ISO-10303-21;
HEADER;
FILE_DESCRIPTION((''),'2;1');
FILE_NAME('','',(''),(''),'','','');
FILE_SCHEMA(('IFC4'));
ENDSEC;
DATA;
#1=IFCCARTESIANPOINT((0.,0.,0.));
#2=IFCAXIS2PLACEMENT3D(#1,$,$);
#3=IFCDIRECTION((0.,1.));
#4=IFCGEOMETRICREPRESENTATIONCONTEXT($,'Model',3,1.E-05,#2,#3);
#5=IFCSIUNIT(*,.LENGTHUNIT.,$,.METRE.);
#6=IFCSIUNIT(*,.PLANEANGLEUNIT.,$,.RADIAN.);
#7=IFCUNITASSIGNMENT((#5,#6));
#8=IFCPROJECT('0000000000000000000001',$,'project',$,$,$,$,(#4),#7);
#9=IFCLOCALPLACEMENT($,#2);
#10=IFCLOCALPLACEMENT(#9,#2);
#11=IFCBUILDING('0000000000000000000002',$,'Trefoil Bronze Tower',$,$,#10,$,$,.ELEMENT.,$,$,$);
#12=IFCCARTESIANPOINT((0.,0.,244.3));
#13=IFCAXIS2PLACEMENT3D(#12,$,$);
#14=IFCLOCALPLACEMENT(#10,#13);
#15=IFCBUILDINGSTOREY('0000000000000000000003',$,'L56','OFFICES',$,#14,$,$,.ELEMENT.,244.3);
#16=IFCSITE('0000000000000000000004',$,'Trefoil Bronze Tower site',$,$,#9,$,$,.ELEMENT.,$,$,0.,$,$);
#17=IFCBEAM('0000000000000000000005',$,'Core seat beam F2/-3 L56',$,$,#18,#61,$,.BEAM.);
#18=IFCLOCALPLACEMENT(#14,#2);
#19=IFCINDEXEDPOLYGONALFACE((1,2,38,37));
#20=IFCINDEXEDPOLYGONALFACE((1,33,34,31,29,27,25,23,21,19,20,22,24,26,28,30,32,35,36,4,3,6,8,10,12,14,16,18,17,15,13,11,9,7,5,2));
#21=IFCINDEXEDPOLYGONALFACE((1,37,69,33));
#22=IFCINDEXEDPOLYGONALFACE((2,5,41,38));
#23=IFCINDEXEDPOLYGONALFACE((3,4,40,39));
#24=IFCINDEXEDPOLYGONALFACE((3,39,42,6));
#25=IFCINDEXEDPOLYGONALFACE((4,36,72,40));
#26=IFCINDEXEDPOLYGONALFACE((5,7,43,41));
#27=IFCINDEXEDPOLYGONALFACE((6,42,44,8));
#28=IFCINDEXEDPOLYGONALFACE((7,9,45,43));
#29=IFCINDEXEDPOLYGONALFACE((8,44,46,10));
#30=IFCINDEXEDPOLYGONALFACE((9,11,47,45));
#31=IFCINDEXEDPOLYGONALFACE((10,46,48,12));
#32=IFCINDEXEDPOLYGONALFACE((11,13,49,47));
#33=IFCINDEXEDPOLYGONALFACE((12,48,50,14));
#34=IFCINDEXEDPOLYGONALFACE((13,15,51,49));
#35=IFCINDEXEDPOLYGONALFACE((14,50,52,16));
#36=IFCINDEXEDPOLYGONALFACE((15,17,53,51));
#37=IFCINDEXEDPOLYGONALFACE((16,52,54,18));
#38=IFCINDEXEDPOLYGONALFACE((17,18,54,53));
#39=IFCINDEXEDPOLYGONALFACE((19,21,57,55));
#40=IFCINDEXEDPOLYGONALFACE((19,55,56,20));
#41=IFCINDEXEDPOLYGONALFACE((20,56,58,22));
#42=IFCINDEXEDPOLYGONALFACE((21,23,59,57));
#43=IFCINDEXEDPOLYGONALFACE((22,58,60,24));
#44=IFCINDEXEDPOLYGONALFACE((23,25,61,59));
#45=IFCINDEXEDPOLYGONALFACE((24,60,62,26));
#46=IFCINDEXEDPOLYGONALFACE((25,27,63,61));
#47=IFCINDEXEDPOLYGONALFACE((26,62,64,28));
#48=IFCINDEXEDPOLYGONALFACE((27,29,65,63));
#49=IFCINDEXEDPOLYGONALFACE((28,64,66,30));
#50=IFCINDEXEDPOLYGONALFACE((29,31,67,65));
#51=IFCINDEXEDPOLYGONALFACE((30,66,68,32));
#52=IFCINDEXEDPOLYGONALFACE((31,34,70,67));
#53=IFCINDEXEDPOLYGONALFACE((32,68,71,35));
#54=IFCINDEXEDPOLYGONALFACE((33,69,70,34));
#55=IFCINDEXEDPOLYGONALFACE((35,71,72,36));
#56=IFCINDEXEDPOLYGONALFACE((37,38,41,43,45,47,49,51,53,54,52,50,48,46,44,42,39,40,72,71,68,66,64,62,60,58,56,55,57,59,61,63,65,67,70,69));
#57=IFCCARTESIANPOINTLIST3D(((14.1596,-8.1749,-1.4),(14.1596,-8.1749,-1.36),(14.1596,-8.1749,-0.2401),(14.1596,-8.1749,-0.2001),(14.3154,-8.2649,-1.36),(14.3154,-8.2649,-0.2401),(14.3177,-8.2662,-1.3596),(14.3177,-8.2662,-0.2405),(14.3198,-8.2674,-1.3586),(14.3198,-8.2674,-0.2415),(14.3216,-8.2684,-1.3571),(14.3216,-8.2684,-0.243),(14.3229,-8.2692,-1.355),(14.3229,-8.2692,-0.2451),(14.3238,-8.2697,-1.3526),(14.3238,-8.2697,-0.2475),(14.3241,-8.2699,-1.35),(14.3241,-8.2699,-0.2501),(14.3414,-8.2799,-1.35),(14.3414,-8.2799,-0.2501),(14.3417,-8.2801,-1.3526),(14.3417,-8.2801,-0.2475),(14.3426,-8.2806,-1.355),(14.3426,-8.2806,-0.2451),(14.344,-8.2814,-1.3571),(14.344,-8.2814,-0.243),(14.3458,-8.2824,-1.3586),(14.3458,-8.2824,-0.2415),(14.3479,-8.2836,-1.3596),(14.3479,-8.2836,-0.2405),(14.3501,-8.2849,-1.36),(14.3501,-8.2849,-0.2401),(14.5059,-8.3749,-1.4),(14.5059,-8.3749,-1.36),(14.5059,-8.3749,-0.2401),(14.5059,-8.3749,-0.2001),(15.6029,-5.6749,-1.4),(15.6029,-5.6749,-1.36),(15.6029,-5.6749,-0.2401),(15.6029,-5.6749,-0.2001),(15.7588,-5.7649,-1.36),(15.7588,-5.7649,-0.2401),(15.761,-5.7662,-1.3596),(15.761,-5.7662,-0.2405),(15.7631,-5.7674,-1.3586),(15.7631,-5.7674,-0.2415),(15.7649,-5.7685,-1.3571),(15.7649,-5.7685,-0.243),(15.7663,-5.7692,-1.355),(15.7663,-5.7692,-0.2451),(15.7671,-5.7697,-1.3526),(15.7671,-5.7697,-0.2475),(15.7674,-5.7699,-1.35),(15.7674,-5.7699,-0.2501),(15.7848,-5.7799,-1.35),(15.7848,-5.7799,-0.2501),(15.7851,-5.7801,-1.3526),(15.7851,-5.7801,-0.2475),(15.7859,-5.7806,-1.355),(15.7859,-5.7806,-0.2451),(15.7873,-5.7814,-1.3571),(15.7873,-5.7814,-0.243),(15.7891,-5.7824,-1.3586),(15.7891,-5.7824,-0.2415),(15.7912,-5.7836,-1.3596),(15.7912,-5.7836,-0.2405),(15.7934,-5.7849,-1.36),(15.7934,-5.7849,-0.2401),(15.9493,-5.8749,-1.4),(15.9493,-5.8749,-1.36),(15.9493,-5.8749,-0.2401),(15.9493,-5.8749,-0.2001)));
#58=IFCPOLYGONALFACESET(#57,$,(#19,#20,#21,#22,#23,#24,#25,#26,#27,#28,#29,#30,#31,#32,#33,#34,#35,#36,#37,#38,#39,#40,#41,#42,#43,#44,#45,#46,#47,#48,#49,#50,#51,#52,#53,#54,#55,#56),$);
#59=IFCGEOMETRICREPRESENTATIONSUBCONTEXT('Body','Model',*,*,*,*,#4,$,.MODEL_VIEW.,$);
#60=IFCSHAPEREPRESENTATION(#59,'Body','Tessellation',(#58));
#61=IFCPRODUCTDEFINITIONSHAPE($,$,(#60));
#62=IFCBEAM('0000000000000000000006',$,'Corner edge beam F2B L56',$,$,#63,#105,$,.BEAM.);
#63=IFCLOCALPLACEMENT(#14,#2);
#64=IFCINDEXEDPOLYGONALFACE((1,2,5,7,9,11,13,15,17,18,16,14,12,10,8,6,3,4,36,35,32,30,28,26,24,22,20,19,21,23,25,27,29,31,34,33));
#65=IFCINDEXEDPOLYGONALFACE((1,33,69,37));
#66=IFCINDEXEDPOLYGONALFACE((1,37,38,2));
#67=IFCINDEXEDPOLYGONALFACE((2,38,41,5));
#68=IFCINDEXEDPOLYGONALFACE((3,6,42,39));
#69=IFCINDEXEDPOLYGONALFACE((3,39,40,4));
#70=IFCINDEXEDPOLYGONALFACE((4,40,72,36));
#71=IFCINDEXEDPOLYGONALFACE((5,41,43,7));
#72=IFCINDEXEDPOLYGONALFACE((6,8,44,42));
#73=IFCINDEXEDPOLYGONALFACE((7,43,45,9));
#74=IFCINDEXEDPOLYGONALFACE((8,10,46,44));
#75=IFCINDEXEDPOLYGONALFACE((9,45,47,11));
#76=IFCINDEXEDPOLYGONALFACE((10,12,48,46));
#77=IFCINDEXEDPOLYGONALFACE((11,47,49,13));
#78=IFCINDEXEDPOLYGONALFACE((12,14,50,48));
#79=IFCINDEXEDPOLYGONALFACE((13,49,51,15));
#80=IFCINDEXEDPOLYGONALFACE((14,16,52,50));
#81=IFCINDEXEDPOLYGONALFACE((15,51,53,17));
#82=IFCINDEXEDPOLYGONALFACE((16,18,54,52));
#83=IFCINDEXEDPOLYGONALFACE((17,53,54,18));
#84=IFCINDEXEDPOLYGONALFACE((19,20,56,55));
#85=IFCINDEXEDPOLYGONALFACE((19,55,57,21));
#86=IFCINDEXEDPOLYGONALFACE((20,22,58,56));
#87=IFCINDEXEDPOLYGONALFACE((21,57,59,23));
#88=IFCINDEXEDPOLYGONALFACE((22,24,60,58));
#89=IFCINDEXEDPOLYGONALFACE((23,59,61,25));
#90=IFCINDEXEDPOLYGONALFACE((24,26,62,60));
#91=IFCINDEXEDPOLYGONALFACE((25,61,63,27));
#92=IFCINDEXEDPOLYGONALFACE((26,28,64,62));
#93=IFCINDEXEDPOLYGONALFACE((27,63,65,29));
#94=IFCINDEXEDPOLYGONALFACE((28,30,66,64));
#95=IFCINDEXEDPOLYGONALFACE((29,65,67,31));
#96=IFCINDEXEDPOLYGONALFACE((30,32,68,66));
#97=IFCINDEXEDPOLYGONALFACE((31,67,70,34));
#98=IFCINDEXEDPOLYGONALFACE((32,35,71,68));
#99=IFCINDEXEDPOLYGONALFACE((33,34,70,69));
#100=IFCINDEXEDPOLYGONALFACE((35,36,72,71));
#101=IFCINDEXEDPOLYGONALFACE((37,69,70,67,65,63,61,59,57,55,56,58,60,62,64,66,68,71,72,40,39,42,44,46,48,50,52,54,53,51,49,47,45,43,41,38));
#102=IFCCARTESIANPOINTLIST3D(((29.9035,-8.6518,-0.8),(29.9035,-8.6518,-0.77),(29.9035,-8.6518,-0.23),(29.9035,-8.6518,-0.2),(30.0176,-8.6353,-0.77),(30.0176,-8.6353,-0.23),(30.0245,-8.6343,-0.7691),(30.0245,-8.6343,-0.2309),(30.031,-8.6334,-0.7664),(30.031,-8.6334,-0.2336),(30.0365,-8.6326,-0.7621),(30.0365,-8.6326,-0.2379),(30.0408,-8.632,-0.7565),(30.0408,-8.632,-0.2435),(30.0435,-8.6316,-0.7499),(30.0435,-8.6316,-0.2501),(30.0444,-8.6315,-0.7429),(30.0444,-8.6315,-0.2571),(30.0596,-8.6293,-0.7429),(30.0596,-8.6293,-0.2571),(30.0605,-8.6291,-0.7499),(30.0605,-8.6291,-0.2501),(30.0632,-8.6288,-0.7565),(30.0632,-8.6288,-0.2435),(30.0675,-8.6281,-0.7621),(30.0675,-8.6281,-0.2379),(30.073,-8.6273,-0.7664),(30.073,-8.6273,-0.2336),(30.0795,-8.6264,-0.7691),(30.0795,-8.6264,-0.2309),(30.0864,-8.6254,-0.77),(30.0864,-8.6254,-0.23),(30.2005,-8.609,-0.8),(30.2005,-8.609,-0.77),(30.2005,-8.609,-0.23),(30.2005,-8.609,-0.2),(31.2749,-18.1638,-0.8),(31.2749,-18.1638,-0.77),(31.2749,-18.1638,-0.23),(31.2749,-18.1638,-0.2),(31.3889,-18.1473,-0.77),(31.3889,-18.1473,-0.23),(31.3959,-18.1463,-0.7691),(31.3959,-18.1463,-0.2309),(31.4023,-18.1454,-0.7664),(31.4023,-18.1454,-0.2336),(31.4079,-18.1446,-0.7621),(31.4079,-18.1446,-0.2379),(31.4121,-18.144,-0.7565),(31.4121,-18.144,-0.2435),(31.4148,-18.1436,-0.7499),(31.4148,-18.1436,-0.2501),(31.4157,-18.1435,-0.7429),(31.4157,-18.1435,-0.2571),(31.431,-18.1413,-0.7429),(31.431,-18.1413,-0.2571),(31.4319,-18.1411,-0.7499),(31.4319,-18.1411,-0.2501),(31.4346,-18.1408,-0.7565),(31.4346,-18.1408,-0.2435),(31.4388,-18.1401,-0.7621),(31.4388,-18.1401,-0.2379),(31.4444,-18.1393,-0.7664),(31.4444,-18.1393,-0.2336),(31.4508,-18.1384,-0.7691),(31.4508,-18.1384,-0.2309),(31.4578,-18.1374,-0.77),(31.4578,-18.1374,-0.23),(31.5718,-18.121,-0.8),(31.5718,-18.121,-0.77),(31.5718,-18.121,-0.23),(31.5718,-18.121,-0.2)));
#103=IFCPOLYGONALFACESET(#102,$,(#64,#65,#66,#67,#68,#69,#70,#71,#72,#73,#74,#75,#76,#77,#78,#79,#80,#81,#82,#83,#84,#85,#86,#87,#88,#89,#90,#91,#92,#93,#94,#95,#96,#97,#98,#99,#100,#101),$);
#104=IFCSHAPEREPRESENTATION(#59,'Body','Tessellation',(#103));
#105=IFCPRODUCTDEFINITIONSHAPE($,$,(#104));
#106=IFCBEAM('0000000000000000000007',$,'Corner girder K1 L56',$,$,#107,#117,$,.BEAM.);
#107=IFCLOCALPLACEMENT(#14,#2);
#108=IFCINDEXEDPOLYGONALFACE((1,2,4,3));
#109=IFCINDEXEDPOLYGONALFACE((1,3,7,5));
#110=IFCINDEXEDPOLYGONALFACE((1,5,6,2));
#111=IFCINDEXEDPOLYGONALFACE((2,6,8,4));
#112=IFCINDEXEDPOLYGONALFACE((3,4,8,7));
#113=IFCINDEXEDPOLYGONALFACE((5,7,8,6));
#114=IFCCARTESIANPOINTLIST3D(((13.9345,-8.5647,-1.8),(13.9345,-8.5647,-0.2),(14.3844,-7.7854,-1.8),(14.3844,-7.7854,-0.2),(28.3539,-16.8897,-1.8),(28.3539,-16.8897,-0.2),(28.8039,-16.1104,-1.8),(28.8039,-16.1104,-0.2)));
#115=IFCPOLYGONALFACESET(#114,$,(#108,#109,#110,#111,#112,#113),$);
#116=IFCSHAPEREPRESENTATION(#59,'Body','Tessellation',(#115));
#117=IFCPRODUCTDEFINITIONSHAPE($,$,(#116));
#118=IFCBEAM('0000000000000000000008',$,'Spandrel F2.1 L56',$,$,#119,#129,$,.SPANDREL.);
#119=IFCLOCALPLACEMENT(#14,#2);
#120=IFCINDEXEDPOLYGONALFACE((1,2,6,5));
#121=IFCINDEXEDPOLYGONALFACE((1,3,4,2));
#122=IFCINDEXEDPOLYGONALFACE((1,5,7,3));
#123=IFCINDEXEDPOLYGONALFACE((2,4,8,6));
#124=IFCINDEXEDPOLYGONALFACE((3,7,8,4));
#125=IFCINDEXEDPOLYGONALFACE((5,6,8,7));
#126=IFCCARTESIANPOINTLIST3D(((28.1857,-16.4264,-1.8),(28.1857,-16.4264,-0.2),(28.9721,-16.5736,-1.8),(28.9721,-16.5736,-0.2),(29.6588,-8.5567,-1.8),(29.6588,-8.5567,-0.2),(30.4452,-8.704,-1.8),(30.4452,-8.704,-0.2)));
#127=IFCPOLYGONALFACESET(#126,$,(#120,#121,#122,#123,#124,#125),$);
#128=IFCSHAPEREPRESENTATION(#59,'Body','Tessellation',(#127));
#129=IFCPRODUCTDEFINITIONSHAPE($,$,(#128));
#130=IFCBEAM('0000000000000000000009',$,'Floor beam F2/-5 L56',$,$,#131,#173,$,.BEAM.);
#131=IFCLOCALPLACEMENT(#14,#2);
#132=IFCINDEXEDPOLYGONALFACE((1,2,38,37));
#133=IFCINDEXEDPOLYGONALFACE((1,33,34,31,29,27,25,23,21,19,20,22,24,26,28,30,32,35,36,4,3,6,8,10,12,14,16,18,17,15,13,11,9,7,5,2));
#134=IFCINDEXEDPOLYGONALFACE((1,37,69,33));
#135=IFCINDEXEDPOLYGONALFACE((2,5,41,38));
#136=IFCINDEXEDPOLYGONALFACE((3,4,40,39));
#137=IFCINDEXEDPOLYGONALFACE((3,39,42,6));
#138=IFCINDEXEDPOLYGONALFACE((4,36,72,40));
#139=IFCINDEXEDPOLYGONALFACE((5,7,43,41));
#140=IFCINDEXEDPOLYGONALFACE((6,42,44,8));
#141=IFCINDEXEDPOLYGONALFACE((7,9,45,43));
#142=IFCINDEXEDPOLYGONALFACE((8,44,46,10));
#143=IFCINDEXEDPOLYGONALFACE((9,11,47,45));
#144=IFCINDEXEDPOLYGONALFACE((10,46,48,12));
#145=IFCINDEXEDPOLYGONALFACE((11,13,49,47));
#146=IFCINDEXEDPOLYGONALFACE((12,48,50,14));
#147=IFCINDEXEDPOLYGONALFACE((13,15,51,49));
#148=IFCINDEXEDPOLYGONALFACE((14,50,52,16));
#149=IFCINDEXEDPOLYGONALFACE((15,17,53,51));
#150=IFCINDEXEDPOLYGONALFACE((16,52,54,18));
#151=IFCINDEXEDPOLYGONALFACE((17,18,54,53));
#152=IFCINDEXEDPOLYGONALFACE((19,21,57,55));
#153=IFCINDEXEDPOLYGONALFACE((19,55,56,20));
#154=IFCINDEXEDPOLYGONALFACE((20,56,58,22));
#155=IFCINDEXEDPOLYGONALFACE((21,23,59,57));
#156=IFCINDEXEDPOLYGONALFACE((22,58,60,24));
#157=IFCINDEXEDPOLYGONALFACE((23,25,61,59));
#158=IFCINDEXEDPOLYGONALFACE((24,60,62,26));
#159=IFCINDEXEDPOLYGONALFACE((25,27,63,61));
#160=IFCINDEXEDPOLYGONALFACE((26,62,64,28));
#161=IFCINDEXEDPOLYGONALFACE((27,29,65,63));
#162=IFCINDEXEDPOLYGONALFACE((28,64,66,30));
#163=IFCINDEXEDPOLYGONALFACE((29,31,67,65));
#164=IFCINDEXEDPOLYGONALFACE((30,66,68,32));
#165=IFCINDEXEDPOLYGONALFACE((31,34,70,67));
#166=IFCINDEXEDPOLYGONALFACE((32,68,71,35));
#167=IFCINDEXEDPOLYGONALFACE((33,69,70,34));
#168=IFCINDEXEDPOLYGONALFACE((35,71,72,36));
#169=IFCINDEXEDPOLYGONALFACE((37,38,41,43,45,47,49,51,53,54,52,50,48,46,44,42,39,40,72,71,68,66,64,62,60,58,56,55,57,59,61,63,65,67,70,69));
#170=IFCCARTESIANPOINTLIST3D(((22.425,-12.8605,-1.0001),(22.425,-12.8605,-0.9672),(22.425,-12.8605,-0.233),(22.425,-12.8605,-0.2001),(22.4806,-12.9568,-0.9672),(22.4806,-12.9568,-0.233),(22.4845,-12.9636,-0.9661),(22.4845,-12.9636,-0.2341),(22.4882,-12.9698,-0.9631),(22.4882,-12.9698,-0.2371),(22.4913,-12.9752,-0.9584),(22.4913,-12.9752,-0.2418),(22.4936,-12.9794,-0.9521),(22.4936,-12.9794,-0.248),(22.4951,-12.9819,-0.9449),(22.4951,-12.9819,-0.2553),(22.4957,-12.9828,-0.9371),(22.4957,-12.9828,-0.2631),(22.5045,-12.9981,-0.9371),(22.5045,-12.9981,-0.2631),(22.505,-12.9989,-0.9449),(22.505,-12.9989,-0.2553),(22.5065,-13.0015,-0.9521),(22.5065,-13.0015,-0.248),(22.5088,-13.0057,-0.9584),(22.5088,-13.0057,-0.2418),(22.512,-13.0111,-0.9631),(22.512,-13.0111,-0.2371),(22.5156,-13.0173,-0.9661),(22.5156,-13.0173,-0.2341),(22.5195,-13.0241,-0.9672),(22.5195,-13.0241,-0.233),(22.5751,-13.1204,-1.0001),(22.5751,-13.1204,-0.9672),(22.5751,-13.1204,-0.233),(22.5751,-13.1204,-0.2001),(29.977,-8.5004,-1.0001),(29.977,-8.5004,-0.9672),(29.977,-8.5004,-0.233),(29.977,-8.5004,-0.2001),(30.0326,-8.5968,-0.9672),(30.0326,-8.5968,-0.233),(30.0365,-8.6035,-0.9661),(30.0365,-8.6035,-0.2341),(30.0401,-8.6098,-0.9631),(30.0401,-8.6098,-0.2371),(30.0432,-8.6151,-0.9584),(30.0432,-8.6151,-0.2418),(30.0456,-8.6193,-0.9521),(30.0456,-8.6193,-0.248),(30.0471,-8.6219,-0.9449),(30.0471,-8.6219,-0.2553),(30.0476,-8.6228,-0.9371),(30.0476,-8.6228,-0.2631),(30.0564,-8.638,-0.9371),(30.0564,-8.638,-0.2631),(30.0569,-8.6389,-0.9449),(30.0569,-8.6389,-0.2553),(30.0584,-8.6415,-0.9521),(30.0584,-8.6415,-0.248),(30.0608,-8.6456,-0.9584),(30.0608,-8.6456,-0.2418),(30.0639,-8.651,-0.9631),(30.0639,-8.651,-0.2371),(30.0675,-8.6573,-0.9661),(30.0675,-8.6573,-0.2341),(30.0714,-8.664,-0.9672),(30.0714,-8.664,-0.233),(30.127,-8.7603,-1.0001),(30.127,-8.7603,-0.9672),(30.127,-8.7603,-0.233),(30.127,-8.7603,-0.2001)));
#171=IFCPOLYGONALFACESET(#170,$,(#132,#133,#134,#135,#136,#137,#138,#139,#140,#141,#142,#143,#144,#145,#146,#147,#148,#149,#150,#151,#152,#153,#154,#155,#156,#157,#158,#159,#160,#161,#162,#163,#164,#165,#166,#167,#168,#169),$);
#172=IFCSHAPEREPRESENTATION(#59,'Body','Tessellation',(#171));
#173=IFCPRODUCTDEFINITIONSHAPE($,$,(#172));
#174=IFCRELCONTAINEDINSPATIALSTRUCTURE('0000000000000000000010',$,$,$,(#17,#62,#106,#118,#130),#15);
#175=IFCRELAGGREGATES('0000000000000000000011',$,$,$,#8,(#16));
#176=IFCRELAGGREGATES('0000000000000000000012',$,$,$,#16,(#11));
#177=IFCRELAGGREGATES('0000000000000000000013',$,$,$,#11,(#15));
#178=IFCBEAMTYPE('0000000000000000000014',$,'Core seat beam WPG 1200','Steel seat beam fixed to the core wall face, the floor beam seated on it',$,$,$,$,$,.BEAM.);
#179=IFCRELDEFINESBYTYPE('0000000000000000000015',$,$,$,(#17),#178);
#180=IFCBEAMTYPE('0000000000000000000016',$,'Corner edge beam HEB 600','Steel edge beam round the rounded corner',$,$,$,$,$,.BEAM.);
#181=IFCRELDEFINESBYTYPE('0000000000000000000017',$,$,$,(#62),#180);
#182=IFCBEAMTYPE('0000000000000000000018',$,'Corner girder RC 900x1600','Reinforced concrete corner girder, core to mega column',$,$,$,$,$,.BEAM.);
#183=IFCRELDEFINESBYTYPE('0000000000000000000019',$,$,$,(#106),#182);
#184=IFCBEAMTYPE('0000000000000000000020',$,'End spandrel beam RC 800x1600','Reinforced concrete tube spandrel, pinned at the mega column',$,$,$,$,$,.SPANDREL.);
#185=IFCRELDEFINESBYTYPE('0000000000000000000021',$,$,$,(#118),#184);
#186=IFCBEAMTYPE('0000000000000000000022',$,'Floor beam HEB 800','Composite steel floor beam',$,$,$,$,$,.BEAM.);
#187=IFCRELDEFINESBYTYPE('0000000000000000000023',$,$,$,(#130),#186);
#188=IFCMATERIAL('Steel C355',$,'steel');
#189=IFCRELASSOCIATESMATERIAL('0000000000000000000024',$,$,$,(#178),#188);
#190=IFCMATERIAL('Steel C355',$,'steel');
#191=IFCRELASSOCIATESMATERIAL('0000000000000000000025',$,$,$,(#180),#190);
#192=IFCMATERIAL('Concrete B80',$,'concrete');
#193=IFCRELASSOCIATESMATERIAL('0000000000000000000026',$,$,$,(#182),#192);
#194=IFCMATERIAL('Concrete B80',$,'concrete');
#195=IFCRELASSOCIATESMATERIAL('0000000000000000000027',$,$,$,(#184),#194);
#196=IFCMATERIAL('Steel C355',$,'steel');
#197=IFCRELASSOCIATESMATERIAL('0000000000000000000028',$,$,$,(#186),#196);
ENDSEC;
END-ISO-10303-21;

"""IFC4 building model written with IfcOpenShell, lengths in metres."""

from ifc_helpers import new_model, si_unit, direction, frame, origin, origin_2d, place, context, subcontext, project, spatial, rectangle, i_section, extrude, material, material_profile, profile_set, type_object, element, save


model = new_model("IFC4")

# Units and contexts
model_context = context("Model", 3, precision=1e-05, world=origin(), true_north=direction((0.0, 1.0)))
body_context = subcontext(model_context, "Body", "Model", "MODEL_VIEW")
ifc_project = project(units=[si_unit("LENGTHUNIT", "METRE"), si_unit("PLANEANGLEUNIT", "RADIAN")], contexts=[model_context])

# Site, building, storey
site_placement = place(None, origin())
site = spatial("IfcSite", under=ifc_project, at=site_placement, Name="Trefoil Bronze Tower site", CompositionType="ELEMENT", RefElevation=0.0)
building_placement = place(site_placement, origin())
building = spatial("IfcBuilding", under=site, at=building_placement, Name="Trefoil Bronze Tower", CompositionType="ELEMENT")
storey_placement = place(building_placement, frame((0.0, 0.0, 244.3)))
storey = spatial("IfcBuildingStorey", under=building, at=storey_placement, Name="L56", Description="OFFICES", CompositionType="ELEMENT", Elevation=244.3)

# Beams
ifc_material_1 = material(Name="Steel C355", Category="steel")
ifc_material_profile_1 = material_profile(ifc_material_1, i_section(OverallWidth=0.3999, OverallDepth=1.2, WebThickness=0.02, FlangeThickness=0.04, FilletRadius=0.01, at=origin_2d()), Name="WPG 1200")
ifc_profile_set_1 = profile_set([ifc_material_profile_1], Name="Steel C355")
beam_type_1 = type_object("IfcBeamType", Name="Core seat beam WPG 1200", Description="Steel seat beam fixed to the core wall face, the floor beam seated on it", PredefinedType="BEAM", material=ifc_profile_set_1)
beam_1_placement = place(storey_placement, frame((14.3328, -8.2749, -0.8), z_axis=(0.499996, 0.866028, 0.0), x_axis=(-0.866028, 0.499996, 0.0)))
element("IfcBeam", 1, at=beam_1_placement, inside=storey, type_object=beam_type_1, Name="Core seat beam F2/-3 L56", PredefinedType="BEAM", context=body_context, shape_type="SweptSolid", body=[
    extrude(i_section(OverallWidth=0.3999, OverallDepth=1.2, WebThickness=0.02, FlangeThickness=0.04, FilletRadius=0.01, at=origin_2d()), origin(), (0.0, 0.0, 1.0), 2.8867),
])
ifc_material_2 = material(Name="Steel C355", Category="steel")
ifc_material_profile_2 = material_profile(ifc_material_2, i_section(OverallWidth=0.3, OverallDepth=0.6001, WebThickness=0.0154, FlangeThickness=0.03, FilletRadius=0.0271, at=origin_2d()), Name="HEB 600")
ifc_profile_set_2 = profile_set([ifc_material_profile_2], Name="Steel C355")
beam_type_2 = type_object("IfcBeamType", Name="Corner edge beam HEB 600", Description="Steel edge beam round the rounded corner", PredefinedType="BEAM", material=ifc_profile_set_2)
beam_2_placement = place(storey_placement, frame((30.052, -8.6304, -0.5), z_axis=(0.142694, -0.989767, 0.0), x_axis=(0.989767, 0.142694, 0.0)))
element("IfcBeam", 2, at=beam_2_placement, inside=storey, type_object=beam_type_2, Name="Corner edge beam F2B L56", PredefinedType="BEAM", context=body_context, shape_type="SweptSolid", body=[
    extrude(i_section(OverallWidth=0.3, OverallDepth=0.6001, WebThickness=0.0154, FlangeThickness=0.03, FilletRadius=0.0271, at=origin_2d()), origin(), (0.0, 0.0, 1.0), 9.6104),
])
ifc_material_3 = material(Name="Concrete B80", Category="concrete")
ifc_material_profile_3 = material_profile(ifc_material_3, rectangle(XDim=0.8999, YDim=1.6001, at=origin_2d()), Name="RC 900x1600")
ifc_profile_set_3 = profile_set([ifc_material_profile_3], Name="Concrete B80")
beam_type_3 = type_object("IfcBeamType", Name="Corner girder RC 900x1600", Description="Reinforced concrete corner girder, core to mega column", PredefinedType="BEAM", material=ifc_profile_set_3)
beam_3_placement = place(storey_placement, frame((14.1594, -8.175, -1.0), z_axis=(0.866028, -0.499995, 0.0), x_axis=(0.499995, 0.866028, 0.0)))
element("IfcBeam", 3, at=beam_3_placement, inside=storey, type_object=beam_type_3, Name="Corner girder K1 L56", PredefinedType="BEAM", context=body_context, shape_type="SweptSolid", body=[
    extrude(rectangle(XDim=0.8999, YDim=1.6001, at=origin_2d()), origin(), (0.0, 0.0, 1.0), 16.6501),
])
ifc_material_4 = material(Name="Concrete B80", Category="concrete")
ifc_material_profile_4 = material_profile(ifc_material_4, rectangle(XDim=0.8, YDim=1.6001, at=origin_2d()), Name="RC 800x1600")
ifc_profile_set_4 = profile_set([ifc_material_profile_4], Name="Concrete B80")
beam_type_4 = type_object("IfcBeamType", Name="End spandrel beam RC 800x1600", Description="Reinforced concrete tube spandrel, pinned at the mega column", PredefinedType="SPANDREL", material=ifc_profile_set_4)
beam_4_placement = place(storey_placement, frame((28.5789, -16.5, -1.0), z_axis=(0.183998, 0.982927, 0.0), x_axis=(-0.982927, 0.183998, 0.0)))
element("IfcBeam", 4, at=beam_4_placement, inside=storey, type_object=beam_type_4, Name="Spandrel F2.1 L56", PredefinedType="SPANDREL", context=body_context, shape_type="SweptSolid", body=[
    extrude(rectangle(XDim=0.8, YDim=1.6001, at=origin_2d()), origin(), (0.0, 0.0, 1.0), 8.0063),
])
ifc_material_5 = material(Name="Steel C355", Category="steel")
ifc_material_profile_5 = material_profile(ifc_material_5, i_section(OverallWidth=0.3, OverallDepth=0.8, WebThickness=0.0176, FlangeThickness=0.033, FilletRadius=0.03, at=origin_2d()), Name="HEB 800")
ifc_profile_set_5 = profile_set([ifc_material_profile_5], Name="Steel C355")
beam_type_5 = type_object("IfcBeamType", Name="Floor beam HEB 800", Description="Composite steel floor beam", PredefinedType="BEAM", material=ifc_profile_set_5)
beam_5_placement = place(storey_placement, frame((30.052, -8.6304, -0.6001), z_axis=(-0.866028, -0.499996, 0.0), x_axis=(0.499996, -0.866028, 0.0)))
element("IfcBeam", 5, at=beam_5_placement, inside=storey, type_object=beam_type_5, Name="Floor beam F2/-5 L56", PredefinedType="BEAM", context=body_context, shape_type="SweptSolid", body=[
    extrude(i_section(OverallWidth=0.3, OverallDepth=0.8, WebThickness=0.0176, FlangeThickness=0.033, FilletRadius=0.03, at=origin_2d()), origin(), (0.0, 0.0, 1.0), 8.7202),
])

save(model, "model.ifc")
